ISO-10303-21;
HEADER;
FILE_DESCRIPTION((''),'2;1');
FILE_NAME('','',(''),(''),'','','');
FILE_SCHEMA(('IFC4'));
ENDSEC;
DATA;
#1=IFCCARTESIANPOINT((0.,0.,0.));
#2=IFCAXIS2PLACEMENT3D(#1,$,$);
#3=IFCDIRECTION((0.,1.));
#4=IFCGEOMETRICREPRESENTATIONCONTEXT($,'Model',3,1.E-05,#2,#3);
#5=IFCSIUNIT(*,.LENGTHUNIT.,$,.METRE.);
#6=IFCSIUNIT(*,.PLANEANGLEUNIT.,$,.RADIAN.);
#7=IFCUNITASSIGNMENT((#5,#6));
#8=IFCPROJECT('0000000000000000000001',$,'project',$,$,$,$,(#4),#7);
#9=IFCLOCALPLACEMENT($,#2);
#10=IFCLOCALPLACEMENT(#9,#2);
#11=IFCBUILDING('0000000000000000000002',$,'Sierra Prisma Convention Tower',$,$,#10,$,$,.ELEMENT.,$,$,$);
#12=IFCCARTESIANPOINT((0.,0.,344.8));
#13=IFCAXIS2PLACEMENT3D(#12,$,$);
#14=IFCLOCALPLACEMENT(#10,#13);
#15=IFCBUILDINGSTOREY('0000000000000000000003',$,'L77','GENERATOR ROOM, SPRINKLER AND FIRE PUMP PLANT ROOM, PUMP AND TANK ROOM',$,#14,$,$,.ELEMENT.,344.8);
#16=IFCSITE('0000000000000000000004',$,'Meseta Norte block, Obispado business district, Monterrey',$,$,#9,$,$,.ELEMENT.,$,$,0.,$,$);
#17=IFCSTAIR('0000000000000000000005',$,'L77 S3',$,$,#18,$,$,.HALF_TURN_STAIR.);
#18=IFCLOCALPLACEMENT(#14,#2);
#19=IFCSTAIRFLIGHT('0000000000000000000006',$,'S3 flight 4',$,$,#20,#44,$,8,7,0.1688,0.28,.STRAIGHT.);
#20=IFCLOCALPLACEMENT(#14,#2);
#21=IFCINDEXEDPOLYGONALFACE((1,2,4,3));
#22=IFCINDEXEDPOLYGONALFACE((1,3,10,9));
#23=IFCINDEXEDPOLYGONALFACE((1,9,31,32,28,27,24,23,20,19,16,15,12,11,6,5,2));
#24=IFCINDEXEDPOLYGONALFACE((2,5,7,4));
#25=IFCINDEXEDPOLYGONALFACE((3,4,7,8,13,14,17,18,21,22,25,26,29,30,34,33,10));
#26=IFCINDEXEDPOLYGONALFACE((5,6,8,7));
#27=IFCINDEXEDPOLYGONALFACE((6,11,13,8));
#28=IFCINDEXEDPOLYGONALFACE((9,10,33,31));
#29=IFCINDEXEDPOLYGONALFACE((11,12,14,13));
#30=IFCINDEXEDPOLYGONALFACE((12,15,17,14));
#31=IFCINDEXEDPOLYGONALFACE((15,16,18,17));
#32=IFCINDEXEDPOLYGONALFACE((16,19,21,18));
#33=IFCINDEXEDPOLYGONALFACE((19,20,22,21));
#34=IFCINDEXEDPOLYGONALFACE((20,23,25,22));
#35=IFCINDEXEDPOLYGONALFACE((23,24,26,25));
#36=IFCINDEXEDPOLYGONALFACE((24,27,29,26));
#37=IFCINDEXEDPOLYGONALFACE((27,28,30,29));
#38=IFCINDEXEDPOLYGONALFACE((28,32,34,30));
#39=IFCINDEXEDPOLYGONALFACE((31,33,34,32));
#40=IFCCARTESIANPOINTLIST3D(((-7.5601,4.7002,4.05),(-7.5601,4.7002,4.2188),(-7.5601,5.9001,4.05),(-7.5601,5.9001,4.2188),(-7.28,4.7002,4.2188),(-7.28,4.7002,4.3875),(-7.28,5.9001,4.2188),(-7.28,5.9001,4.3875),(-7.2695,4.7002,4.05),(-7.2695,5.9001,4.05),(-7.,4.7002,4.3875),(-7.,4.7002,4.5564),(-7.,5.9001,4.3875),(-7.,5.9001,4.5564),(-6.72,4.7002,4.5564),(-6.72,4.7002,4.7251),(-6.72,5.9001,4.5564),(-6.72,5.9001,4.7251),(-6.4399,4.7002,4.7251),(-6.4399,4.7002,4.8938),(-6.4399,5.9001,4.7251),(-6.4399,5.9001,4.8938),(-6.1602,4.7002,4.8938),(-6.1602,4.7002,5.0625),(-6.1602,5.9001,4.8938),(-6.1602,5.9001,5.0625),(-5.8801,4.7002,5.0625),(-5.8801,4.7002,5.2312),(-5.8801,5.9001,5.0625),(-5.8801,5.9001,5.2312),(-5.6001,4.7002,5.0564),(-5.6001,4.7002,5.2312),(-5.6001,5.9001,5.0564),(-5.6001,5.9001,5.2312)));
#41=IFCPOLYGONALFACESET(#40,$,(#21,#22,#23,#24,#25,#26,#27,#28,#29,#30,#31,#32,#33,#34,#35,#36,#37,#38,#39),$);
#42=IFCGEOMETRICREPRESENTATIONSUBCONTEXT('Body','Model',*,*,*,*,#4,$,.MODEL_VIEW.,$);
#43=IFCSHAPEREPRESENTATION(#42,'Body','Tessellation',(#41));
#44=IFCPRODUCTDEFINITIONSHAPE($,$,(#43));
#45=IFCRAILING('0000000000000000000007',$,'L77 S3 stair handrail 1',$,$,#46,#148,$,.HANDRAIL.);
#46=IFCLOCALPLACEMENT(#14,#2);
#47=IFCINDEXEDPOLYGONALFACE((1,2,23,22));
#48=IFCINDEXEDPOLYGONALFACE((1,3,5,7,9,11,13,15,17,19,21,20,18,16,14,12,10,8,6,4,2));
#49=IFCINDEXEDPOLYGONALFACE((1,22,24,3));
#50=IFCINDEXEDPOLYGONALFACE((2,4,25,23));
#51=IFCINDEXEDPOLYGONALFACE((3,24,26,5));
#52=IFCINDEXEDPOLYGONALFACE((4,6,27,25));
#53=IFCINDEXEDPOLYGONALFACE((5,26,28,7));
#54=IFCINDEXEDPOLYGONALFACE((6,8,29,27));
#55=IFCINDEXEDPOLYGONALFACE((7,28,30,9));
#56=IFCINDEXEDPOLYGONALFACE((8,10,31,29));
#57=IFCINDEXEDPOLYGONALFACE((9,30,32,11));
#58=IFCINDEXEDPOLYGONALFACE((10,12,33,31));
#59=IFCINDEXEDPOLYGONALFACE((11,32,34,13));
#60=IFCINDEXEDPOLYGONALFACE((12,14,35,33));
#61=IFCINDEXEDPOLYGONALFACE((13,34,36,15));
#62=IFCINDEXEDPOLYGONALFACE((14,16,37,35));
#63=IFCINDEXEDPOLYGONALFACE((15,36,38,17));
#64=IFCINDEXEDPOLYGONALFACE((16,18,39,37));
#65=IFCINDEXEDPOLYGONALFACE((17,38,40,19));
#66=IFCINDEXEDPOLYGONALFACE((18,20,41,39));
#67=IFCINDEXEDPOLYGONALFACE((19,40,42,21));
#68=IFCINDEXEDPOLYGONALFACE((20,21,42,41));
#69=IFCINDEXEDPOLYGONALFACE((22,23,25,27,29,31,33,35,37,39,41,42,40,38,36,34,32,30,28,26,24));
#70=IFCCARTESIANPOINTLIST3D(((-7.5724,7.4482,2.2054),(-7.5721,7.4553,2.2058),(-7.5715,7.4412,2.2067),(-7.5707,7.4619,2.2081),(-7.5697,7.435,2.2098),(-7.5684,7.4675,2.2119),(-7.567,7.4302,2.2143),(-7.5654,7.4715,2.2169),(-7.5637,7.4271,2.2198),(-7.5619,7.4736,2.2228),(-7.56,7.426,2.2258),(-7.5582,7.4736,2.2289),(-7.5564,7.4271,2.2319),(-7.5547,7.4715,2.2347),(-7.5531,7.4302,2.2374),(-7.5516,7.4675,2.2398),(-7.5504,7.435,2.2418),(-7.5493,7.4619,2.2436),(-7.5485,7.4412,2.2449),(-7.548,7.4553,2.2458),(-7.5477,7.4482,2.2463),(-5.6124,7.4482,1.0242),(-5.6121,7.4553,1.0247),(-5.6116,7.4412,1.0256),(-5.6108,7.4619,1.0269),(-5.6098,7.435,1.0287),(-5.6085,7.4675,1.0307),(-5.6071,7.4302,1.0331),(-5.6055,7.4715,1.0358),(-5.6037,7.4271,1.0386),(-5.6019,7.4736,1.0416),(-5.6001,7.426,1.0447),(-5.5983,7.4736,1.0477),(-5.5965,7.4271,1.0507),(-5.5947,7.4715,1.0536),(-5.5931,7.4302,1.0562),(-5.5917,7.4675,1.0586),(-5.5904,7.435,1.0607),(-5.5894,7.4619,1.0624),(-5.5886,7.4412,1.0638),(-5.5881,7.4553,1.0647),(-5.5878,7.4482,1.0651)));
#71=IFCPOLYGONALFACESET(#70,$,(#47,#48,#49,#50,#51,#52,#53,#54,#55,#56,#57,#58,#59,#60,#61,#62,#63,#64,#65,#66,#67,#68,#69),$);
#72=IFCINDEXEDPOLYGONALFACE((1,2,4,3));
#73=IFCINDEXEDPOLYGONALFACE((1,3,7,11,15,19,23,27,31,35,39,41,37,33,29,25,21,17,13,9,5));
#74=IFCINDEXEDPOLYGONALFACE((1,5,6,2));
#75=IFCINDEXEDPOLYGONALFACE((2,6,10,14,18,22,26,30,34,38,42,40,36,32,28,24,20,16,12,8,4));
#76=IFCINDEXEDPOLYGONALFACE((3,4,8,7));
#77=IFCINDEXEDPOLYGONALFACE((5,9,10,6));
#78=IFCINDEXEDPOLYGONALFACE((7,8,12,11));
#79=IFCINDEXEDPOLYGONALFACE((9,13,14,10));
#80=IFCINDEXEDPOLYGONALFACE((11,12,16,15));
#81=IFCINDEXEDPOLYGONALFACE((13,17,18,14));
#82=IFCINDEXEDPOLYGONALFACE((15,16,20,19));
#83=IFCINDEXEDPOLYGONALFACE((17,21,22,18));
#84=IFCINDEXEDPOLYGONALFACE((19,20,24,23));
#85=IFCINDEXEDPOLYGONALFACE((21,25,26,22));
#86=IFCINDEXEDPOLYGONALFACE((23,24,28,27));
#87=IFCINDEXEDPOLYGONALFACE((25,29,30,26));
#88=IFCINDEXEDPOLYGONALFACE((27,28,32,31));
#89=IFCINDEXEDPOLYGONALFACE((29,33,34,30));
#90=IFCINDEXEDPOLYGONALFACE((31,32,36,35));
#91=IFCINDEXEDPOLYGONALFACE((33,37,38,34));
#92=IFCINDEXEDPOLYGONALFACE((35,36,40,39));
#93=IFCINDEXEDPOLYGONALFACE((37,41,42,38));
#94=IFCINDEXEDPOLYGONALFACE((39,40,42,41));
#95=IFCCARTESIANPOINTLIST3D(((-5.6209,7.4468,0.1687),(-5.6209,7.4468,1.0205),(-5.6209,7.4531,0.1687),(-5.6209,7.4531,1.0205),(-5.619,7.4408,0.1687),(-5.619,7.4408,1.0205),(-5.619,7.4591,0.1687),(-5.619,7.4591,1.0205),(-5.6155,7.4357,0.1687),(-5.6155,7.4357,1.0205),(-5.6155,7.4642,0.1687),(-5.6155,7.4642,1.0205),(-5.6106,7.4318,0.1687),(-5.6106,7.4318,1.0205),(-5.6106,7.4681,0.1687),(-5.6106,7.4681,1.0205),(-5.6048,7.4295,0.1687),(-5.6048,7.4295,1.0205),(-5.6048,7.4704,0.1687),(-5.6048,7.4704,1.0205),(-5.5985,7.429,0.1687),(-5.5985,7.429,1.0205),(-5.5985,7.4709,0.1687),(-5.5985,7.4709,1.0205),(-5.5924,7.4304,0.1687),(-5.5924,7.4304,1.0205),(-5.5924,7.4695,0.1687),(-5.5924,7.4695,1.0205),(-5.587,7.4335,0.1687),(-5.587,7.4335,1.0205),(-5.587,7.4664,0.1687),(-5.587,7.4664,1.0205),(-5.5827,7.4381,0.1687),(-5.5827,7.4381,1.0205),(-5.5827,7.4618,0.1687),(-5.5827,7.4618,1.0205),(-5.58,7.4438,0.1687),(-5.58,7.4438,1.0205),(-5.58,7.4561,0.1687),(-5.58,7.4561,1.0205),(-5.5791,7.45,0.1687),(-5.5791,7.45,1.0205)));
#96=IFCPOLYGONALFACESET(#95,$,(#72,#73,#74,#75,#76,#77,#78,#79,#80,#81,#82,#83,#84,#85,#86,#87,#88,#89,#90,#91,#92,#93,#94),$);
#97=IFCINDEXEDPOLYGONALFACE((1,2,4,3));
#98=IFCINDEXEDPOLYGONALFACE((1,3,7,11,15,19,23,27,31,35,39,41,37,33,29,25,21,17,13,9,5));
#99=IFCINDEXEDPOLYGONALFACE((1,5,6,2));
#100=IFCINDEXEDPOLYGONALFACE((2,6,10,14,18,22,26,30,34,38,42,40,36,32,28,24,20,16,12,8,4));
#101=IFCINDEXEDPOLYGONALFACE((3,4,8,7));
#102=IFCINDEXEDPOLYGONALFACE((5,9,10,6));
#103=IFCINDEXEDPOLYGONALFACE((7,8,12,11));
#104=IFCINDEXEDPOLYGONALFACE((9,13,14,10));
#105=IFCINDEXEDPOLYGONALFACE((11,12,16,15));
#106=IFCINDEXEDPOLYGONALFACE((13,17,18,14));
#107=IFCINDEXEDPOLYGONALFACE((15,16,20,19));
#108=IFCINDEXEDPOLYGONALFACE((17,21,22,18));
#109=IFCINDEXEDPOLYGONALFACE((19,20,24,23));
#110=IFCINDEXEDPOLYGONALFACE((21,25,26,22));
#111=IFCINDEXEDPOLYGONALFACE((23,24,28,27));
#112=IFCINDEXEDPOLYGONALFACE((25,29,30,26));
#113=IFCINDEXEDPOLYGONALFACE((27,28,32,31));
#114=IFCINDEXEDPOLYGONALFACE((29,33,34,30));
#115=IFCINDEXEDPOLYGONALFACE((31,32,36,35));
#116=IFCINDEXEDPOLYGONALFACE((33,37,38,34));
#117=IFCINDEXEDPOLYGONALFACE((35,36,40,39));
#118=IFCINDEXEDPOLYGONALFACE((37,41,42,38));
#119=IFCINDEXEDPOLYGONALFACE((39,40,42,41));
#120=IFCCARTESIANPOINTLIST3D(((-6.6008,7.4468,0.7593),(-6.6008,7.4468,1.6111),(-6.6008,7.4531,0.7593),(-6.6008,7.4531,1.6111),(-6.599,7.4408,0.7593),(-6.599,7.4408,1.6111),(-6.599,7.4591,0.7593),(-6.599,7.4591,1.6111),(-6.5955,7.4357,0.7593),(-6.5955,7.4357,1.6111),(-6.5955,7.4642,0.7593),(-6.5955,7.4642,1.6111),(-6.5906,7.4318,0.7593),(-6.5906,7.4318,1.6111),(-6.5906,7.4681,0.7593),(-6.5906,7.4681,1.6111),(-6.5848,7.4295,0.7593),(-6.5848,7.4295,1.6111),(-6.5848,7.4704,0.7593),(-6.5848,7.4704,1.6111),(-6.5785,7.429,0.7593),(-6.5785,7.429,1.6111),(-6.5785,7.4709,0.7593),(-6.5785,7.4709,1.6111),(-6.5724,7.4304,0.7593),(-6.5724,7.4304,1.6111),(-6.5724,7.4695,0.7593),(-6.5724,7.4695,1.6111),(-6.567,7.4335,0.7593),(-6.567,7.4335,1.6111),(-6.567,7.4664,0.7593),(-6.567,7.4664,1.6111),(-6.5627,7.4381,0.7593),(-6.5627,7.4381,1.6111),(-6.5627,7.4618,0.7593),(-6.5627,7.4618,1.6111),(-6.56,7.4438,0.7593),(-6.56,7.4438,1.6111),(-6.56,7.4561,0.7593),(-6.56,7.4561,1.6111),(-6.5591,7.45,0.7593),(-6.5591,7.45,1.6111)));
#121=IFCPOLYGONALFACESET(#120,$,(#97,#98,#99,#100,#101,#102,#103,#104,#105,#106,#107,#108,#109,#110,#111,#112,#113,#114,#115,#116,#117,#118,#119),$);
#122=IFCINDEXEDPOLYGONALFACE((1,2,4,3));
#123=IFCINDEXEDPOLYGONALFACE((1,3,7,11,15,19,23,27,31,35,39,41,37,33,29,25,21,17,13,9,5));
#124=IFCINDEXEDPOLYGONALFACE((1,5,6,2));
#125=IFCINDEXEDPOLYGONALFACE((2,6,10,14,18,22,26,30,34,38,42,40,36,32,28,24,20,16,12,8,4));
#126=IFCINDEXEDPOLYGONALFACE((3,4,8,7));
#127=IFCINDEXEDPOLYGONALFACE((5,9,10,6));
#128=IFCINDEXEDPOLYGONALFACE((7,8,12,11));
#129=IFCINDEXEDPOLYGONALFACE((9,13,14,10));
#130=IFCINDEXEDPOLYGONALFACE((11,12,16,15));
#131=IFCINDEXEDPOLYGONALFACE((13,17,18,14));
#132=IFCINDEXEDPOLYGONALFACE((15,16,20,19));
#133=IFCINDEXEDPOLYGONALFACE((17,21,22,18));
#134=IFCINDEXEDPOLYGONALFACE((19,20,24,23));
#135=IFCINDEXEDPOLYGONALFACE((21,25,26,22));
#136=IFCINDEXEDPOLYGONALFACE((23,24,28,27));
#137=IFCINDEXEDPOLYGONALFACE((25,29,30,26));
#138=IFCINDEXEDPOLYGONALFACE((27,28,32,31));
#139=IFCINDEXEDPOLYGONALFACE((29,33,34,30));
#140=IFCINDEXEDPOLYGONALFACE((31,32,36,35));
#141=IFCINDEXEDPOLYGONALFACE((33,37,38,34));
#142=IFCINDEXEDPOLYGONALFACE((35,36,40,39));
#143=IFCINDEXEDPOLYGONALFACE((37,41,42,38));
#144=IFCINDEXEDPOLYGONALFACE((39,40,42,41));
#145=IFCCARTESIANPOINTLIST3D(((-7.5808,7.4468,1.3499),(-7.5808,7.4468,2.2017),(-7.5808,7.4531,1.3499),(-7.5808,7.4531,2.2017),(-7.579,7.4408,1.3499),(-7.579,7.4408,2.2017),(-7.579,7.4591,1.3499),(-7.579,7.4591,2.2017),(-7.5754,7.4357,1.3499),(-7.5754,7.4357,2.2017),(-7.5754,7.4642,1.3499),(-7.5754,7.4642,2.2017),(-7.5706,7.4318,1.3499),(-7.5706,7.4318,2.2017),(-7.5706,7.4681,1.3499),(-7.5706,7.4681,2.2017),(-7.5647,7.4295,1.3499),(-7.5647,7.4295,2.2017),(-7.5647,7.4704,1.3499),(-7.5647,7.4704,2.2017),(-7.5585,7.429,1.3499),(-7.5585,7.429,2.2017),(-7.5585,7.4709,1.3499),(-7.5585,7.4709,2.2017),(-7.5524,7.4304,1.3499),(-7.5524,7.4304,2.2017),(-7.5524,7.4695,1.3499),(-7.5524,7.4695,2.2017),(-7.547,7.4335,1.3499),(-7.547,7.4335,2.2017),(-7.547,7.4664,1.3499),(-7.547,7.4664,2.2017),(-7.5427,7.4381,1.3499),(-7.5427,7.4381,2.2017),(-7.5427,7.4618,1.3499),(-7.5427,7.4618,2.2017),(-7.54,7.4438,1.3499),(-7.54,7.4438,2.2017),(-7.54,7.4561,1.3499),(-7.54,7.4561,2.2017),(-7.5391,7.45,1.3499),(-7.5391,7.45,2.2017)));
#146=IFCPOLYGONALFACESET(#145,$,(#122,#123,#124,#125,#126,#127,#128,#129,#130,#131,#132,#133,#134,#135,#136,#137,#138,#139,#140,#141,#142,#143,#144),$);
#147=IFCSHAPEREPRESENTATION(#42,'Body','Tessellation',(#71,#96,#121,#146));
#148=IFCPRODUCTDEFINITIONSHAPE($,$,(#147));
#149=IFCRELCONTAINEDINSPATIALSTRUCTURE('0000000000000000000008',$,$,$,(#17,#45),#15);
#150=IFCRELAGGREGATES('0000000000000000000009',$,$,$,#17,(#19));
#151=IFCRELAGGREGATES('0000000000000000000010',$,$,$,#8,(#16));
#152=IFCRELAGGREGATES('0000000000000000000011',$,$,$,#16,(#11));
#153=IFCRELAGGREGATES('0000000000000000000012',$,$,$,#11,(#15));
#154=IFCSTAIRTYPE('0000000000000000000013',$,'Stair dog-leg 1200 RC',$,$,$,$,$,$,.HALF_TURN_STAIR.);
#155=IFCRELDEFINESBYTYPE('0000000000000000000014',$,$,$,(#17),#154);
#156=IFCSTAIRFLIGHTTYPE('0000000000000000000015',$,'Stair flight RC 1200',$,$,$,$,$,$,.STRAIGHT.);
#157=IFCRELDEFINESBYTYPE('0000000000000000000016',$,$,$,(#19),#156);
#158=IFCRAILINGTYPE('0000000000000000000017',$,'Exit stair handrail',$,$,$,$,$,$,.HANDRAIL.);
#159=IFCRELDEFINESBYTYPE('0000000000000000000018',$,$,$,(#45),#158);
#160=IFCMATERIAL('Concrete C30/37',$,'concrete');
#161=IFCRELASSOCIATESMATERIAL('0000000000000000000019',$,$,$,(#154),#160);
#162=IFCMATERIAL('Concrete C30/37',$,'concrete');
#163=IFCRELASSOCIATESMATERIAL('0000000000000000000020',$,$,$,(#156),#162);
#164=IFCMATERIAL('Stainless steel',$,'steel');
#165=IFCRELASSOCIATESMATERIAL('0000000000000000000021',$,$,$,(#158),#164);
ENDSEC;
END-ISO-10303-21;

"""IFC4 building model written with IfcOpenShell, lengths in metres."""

from ifc_helpers import new_model, si_unit, direction, frame, origin, origin_2d, place, context, subcontext, project, spatial, polyline, circle, outline, extrude, material, type_object, element, aggregate, save


model = new_model("IFC4")

# Units and contexts
model_context = context("Model", 3, precision=1e-05, world=origin(), true_north=direction((0.0, 1.0)))
body_context = subcontext(model_context, "Body", "Model", "MODEL_VIEW")
ifc_project = project(units=[si_unit("LENGTHUNIT", "METRE"), si_unit("PLANEANGLEUNIT", "RADIAN")], contexts=[model_context])

# Site, building, storey
site_placement = place(None, origin())
site = spatial("IfcSite", under=ifc_project, at=site_placement, Name="Meseta Norte block, Obispado business district, Monterrey", CompositionType="ELEMENT", RefElevation=0.0)
building_placement = place(site_placement, origin())
building = spatial("IfcBuilding", under=site, at=building_placement, Name="Sierra Prisma Convention Tower", CompositionType="ELEMENT")
storey_placement = place(building_placement, frame((0.0, 0.0, 344.8)))
storey = spatial("IfcBuildingStorey", under=building, at=storey_placement, Name="L77", Description="GENERATOR ROOM, SPRINKLER AND FIRE PUMP PLANT ROOM, PUMP AND TANK ROOM", CompositionType="ELEMENT", Elevation=344.8)

# Stair, stair flight
ifc_material_1 = material(Name="Concrete C30/37", Category="concrete")
stair_type = type_object("IfcStairType", Name="Stair dog-leg 1200 RC", PredefinedType="HALF_TURN_STAIR", material=ifc_material_1)
stair_placement = place(storey_placement, origin())
stair = element("IfcStair", 1, at=stair_placement, inside=storey, type_object=stair_type, Name="L77 S3", PredefinedType="HALF_TURN_STAIR")
ifc_material_2 = material(Name="Concrete C30/37", Category="concrete")
stair_flight_type = type_object("IfcStairFlightType", Name="Stair flight RC 1200", PredefinedType="STRAIGHT", material=ifc_material_2)
stair_flight_1_placement = place(storey_placement, frame((-7.5601, 5.3, 4.05), z_axis=(0.0, 0.0, 1.0), x_axis=(1.0, 0.0, 0.0)))
stair_flight_1 = element("IfcStairFlight", 2, at=stair_flight_1_placement, type_object=stair_flight_type, Name="S3 flight 4", NumberOfRisers=8, NumberOfTreads=7, PredefinedType="STRAIGHT", RiserHeight=0.1688, TreadLength=0.28, context=body_context, shape_type="SweptSolid", body=[
    extrude(outline(polyline([(0.0, 0.0), (0.0, 0.1687), (0.28, 0.1687), (0.28, 0.3374), (0.5601, 0.3374), (0.5601, 0.5063), (0.8401, 0.5063), (0.8401, 0.675), (1.1201, 0.675), (1.1201, 0.8438), (1.3999, 0.8438), (1.3999, 1.0125), (1.6799, 1.0125), (1.6799, 1.1812), (1.96, 1.1812), (1.96, 1.3501), (1.96, 1.0063), (0.2905, 0.0), (0.0, 0.0)])), frame((0.0, 0.6001, 0.0), z_axis=(0.0, -1.0, 0.0), x_axis=(1.0, 0.0, 0.0)), (0.0, 0.0, 1.0), 1.2),
])
aggregate(stair, [stair_flight_1])

# Railing
ifc_material_3 = material(Name="Stainless steel", Category="steel")
railing_type_1 = type_object("IfcRailingType", Name="Exit stair handrail", PredefinedType="HANDRAIL", material=ifc_material_3)
railing_1_placement = place(storey_placement, frame((-5.6001, 7.45, 0.1687)))
element("IfcRailing", 3, at=railing_1_placement, inside=storey, type_object=railing_type_1, Name="L77 S3 stair handrail 1", PredefinedType="HANDRAIL", context=body_context, shape_type="SweptSolid", body=[
    extrude(circle(Radius=0.0239, at=origin_2d()), frame((0.0, 0.0, 0.876), z_axis=(-0.856493, 0.0, 0.516158), x_axis=(0.0, -1.0, 0.0)), (0.0, 0.0, 1.0), 2.2883),
    extrude(circle(Radius=0.021, at=origin_2d()), origin(), (0.0, 0.0, 1.0), 0.8518),
    extrude(circle(Radius=0.021, at=origin_2d()), frame((-0.98, 0.0, 0.5906)), (0.0, 0.0, 1.0), 0.8518),
    extrude(circle(Radius=0.021, at=origin_2d()), frame((-1.96, 0.0, 1.1812)), (0.0, 0.0, 1.0), 0.8518),
])

save(model, "model.ifc")
